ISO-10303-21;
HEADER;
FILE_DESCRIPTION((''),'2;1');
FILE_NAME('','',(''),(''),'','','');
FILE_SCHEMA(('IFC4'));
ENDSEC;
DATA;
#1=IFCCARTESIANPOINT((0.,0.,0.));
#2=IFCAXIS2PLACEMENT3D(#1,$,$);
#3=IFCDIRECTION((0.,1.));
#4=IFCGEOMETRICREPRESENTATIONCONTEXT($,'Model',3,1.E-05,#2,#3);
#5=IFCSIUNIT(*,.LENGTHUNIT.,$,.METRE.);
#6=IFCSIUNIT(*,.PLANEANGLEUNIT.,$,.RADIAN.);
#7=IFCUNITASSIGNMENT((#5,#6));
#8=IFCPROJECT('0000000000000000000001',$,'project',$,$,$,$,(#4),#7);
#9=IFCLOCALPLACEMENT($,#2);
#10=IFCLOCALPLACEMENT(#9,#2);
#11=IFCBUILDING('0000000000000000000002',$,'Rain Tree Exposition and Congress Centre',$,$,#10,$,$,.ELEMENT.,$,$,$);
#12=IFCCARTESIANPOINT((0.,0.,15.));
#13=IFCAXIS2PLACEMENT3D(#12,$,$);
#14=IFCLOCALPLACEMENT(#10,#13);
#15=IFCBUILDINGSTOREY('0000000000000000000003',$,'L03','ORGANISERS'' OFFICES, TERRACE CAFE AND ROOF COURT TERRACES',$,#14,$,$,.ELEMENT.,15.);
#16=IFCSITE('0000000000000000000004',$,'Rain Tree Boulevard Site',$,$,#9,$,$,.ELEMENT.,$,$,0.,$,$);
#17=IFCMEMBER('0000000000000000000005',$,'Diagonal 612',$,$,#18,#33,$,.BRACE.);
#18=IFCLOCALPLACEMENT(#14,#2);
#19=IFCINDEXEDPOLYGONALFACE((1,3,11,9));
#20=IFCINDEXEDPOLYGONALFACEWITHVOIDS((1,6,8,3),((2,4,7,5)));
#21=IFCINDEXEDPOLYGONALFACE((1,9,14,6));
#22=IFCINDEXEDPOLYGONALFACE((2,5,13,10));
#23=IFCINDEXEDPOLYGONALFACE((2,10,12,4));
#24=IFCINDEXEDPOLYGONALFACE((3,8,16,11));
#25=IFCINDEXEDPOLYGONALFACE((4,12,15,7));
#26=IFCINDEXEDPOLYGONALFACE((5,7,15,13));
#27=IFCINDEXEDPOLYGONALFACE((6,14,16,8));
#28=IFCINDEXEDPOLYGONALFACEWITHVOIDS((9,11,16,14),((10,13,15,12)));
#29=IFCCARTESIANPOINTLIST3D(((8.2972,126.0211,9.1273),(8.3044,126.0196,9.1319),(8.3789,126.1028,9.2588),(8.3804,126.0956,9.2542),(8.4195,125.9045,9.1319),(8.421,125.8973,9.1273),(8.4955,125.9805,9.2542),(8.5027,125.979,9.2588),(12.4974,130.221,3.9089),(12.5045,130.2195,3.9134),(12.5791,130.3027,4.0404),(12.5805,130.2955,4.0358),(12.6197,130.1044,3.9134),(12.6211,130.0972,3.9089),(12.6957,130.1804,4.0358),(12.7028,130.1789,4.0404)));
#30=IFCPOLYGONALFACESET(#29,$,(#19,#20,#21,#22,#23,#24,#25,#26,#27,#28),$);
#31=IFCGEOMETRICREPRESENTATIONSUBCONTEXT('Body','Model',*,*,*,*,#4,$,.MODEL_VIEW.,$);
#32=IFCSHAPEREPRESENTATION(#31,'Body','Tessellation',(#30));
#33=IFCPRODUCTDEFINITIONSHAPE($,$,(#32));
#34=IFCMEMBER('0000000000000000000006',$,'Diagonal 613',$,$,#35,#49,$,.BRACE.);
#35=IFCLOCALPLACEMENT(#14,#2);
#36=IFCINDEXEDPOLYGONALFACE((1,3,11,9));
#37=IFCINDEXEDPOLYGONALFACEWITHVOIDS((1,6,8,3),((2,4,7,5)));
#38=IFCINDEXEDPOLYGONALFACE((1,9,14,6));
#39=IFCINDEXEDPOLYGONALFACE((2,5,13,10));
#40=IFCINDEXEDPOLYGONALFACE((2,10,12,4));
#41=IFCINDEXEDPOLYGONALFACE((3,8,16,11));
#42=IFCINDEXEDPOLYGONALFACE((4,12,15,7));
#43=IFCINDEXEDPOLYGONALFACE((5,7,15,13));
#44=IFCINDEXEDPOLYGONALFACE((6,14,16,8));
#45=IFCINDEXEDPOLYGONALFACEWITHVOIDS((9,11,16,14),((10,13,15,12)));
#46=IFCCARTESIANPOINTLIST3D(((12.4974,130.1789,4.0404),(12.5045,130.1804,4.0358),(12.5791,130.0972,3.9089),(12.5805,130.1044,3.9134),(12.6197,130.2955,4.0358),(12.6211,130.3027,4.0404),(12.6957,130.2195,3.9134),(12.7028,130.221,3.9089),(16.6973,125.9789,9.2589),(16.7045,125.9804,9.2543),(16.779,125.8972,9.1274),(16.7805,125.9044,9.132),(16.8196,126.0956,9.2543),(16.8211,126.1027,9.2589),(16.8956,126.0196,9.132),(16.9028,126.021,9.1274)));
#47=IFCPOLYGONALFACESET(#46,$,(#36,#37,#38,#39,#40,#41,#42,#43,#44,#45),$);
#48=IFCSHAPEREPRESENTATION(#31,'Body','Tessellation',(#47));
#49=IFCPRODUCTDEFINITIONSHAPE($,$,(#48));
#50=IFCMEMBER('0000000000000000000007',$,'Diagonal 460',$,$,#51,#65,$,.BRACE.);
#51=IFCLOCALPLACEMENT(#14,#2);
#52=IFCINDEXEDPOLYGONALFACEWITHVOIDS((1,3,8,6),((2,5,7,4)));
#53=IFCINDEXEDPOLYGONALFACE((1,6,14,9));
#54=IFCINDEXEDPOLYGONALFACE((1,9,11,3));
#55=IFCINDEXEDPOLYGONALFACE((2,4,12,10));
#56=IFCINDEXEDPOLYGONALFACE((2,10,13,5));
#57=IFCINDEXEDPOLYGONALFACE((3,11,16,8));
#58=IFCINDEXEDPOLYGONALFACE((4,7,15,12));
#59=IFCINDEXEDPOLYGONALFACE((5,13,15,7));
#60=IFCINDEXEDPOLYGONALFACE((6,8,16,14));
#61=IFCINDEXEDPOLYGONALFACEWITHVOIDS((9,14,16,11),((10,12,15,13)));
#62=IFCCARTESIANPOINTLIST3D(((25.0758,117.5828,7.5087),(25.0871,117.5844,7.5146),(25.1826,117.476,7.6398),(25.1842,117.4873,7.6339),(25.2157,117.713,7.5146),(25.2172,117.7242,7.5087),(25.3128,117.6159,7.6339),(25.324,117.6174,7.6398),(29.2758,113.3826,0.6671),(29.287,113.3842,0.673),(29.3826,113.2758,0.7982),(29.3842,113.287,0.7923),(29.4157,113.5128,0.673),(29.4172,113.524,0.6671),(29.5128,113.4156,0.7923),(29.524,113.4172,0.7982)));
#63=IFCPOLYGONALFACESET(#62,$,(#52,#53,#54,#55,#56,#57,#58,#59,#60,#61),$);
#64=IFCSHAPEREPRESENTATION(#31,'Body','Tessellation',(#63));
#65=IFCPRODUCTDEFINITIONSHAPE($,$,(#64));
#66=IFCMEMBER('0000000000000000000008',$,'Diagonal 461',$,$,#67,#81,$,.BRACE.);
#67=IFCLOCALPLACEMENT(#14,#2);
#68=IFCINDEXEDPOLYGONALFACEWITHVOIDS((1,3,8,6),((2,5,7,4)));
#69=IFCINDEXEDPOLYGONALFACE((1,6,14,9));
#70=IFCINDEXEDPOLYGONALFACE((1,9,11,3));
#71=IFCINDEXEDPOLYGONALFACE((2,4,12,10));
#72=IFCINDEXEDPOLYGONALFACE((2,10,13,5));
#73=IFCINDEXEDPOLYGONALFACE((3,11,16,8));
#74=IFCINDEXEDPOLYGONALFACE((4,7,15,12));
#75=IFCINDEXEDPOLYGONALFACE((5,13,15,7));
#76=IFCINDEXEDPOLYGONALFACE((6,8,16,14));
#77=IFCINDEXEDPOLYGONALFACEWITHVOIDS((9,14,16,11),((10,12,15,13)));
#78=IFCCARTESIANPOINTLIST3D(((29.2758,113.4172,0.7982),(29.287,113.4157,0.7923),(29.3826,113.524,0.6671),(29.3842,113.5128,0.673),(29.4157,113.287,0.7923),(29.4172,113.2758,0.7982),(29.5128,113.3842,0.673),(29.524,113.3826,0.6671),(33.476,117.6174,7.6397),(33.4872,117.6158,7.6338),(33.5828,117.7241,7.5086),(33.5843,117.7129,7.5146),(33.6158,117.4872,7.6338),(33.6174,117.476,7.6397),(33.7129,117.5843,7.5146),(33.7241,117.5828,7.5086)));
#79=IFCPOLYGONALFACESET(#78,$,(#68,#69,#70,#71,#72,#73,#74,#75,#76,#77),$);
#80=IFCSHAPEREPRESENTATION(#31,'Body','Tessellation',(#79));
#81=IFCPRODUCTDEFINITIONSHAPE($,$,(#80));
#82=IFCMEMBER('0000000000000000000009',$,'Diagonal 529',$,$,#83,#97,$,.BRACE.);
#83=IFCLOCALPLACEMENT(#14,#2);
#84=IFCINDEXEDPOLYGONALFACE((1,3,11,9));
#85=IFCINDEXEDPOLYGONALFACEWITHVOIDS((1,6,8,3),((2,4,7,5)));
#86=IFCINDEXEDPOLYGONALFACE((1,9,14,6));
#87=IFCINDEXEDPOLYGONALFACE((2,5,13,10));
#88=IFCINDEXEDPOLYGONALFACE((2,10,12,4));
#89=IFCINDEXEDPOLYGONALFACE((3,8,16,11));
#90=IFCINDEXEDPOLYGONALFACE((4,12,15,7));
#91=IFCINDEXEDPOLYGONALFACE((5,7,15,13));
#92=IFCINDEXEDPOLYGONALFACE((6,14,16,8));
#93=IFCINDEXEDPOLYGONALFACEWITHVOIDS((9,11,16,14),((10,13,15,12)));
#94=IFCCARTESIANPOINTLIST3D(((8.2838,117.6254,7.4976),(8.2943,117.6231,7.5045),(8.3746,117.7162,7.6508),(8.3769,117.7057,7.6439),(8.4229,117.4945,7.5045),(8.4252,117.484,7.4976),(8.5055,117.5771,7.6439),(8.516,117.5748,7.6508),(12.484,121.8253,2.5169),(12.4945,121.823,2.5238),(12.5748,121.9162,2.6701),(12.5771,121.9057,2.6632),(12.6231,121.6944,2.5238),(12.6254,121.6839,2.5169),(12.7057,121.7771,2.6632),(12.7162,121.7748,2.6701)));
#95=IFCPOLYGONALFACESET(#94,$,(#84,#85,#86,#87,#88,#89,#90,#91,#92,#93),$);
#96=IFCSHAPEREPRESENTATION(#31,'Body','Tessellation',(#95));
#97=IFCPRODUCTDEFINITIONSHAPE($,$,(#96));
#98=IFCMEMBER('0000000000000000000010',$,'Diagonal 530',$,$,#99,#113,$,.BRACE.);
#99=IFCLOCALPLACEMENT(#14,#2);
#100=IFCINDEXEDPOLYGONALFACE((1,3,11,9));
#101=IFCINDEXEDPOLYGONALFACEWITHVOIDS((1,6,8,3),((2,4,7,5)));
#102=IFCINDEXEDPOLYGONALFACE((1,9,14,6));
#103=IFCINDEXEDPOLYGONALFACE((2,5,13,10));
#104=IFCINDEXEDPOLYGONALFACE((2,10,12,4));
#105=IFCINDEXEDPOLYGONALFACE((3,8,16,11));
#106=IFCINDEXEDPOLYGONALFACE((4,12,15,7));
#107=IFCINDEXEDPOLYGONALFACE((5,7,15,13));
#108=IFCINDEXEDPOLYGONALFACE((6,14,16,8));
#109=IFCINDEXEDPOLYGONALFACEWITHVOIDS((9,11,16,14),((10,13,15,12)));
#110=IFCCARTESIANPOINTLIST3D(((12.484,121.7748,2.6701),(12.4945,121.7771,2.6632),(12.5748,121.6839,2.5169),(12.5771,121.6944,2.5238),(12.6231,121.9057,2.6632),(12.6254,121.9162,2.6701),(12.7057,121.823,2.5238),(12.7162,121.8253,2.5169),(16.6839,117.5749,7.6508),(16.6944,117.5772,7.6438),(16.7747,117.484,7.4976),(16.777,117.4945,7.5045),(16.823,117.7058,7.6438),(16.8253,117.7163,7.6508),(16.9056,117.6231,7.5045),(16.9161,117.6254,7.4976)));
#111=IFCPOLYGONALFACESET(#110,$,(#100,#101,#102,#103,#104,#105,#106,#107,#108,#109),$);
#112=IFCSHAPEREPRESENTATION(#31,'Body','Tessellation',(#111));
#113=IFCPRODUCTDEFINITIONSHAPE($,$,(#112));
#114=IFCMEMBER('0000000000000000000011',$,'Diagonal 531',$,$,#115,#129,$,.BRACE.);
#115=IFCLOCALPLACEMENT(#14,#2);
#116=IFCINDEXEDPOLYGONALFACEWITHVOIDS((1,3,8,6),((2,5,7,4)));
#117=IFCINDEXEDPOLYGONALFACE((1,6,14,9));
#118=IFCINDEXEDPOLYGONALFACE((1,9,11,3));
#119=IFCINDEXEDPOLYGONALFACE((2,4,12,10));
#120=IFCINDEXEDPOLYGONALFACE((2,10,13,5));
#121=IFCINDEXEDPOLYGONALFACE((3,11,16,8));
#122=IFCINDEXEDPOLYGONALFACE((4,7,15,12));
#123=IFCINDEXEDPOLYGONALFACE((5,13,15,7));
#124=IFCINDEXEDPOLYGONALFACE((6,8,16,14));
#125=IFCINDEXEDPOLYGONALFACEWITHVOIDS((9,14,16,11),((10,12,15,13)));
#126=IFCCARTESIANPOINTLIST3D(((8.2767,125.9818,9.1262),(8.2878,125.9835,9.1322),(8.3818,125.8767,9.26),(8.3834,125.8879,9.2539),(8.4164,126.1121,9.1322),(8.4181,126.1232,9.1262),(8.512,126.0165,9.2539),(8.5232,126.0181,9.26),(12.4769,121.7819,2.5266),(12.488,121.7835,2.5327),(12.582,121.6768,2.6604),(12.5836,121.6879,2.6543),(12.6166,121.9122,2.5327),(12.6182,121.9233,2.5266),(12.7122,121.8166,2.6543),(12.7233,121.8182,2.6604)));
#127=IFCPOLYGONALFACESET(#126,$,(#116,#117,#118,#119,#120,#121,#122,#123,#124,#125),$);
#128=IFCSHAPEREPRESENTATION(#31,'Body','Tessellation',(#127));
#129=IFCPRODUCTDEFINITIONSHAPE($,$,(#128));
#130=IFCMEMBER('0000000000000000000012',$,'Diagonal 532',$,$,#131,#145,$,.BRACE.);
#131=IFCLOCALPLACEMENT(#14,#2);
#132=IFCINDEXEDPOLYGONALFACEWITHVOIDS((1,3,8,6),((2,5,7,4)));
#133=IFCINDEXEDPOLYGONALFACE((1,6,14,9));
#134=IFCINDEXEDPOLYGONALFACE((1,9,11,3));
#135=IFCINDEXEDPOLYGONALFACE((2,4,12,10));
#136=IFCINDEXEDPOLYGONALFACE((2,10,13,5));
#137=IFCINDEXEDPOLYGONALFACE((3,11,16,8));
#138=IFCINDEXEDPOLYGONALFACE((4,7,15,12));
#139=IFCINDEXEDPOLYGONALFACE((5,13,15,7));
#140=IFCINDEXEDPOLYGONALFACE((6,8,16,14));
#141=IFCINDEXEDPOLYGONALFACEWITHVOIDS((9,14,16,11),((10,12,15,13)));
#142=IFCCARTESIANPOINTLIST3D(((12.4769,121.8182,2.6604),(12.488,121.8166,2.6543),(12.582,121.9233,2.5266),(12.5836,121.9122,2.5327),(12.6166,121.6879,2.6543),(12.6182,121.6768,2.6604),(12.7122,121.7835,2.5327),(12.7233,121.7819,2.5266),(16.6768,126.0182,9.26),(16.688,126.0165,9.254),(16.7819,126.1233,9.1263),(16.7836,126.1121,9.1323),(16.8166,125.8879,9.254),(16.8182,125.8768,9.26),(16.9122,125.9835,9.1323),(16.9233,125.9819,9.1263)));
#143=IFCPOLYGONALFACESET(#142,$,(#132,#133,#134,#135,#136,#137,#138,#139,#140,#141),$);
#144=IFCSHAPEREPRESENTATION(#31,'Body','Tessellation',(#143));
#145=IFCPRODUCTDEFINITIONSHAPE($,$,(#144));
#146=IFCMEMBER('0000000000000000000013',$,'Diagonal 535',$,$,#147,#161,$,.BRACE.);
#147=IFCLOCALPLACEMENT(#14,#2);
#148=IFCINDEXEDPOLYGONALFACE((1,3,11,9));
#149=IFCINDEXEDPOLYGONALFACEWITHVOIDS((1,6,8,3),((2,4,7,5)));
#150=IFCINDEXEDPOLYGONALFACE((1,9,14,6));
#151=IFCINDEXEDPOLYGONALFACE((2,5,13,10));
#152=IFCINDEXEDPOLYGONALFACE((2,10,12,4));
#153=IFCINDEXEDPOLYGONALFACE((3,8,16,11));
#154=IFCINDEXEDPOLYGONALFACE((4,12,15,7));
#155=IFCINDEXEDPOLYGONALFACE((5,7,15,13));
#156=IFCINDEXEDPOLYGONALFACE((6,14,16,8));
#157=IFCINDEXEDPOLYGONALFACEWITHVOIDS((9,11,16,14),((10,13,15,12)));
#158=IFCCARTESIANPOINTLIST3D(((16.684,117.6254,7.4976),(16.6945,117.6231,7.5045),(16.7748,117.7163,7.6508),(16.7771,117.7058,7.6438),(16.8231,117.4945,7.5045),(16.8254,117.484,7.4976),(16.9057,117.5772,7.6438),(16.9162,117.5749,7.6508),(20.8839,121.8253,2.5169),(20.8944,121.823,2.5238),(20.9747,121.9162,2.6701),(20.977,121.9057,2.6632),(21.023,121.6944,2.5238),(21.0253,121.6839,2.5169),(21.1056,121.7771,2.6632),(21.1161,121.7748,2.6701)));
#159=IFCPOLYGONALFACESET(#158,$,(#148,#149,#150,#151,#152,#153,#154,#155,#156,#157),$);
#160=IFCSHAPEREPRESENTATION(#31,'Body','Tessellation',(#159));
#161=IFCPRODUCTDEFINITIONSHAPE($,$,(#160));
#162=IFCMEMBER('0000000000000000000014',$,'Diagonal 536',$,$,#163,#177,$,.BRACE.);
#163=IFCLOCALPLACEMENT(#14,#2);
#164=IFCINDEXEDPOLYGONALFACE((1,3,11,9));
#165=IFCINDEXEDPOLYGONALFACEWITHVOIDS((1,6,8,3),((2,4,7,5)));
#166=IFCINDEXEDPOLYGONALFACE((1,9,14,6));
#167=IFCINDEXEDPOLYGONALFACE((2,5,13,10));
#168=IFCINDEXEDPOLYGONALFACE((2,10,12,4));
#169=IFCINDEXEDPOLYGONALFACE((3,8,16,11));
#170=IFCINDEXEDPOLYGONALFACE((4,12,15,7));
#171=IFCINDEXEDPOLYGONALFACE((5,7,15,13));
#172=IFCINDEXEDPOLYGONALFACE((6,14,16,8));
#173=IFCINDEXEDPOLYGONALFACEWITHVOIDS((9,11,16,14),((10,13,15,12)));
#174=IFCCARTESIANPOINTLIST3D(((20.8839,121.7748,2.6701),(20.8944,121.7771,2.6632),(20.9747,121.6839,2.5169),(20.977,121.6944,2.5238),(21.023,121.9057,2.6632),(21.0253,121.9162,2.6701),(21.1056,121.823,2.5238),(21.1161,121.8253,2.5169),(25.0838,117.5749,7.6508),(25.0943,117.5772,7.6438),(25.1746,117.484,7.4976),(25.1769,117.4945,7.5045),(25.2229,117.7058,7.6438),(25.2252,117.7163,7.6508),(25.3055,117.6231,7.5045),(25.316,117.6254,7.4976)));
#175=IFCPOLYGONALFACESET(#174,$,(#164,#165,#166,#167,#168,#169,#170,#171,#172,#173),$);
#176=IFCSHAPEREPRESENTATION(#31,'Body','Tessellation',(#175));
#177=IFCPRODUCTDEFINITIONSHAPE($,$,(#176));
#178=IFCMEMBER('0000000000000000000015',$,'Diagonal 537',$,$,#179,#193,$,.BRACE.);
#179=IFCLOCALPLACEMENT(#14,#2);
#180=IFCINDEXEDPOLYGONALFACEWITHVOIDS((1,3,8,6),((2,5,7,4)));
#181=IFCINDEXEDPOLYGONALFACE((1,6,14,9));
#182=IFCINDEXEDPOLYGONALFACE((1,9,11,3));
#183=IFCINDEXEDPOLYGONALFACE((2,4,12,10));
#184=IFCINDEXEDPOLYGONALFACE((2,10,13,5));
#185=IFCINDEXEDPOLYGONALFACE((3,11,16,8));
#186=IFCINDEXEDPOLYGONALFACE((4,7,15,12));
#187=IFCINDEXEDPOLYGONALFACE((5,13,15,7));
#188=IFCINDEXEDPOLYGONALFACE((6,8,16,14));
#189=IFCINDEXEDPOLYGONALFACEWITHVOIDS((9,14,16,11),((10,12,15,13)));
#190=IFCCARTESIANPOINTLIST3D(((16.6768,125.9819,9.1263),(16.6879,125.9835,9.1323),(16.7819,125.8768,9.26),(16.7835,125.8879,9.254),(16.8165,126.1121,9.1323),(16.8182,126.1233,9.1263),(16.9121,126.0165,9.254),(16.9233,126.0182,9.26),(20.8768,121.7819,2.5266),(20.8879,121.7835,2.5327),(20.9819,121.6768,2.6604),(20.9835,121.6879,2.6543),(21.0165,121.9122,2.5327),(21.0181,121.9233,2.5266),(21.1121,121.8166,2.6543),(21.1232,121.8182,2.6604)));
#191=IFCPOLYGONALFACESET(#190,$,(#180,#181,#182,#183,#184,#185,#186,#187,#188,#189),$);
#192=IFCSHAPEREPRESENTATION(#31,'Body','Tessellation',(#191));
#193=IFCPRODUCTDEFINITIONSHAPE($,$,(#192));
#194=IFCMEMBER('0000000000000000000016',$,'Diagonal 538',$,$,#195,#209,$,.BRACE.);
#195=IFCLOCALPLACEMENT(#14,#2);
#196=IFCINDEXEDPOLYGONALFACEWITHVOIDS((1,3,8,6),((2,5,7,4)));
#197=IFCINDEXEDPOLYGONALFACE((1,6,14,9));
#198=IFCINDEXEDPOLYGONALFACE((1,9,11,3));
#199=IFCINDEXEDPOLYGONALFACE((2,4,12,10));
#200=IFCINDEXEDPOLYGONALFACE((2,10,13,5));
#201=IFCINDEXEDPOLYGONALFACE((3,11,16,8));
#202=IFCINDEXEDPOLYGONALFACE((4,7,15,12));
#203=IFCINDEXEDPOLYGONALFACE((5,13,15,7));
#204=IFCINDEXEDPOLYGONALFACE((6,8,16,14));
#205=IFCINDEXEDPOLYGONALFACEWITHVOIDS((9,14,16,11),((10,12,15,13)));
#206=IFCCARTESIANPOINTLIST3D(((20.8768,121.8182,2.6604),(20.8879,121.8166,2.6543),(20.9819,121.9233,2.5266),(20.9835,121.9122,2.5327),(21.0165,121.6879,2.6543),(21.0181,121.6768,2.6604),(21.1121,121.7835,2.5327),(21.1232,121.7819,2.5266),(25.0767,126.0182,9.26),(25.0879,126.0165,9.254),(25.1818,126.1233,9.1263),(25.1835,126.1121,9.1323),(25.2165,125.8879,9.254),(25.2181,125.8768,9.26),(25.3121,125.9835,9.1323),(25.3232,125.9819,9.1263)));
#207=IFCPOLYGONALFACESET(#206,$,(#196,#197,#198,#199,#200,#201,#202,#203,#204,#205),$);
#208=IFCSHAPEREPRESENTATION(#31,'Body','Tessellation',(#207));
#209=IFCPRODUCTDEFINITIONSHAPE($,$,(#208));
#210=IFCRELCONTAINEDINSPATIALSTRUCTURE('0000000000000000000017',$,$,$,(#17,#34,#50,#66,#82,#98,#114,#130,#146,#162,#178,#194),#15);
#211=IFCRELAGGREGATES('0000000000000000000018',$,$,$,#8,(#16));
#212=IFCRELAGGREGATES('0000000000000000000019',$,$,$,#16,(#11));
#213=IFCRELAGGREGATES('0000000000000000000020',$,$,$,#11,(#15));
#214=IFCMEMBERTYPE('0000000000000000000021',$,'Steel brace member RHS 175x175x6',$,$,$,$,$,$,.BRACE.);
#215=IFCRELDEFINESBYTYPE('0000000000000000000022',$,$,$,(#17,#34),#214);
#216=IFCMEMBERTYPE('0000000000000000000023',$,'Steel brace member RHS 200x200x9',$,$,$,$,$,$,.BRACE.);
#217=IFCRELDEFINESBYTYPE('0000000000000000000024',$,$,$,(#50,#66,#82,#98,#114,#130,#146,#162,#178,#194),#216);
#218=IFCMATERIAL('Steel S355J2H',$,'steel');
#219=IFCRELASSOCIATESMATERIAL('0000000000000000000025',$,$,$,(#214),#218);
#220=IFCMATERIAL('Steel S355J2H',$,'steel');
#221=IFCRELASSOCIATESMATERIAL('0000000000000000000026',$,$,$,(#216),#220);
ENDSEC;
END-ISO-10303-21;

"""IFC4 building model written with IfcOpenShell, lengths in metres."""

from ifc_helpers import new_model, si_unit, direction, frame, origin, origin_2d, place, context, subcontext, project, spatial, hollow_rectangle, extrude, material, material_profile, profile_set, type_object, element, save


model = new_model("IFC4")

# Units and contexts
model_context = context("Model", 3, precision=1e-05, world=origin(), true_north=direction((0.0, 1.0)))
body_context = subcontext(model_context, "Body", "Model", "MODEL_VIEW")
ifc_project = project(units=[si_unit("LENGTHUNIT", "METRE"), si_unit("PLANEANGLEUNIT", "RADIAN")], contexts=[model_context])

# Site, building, storey
site_placement = place(None, origin())
site = spatial("IfcSite", under=ifc_project, at=site_placement, Name="Rain Tree Boulevard Site", CompositionType="ELEMENT", RefElevation=0.0)
building_placement = place(site_placement, origin())
building = spatial("IfcBuilding", under=site, at=building_placement, Name="Rain Tree Exposition and Congress Centre", CompositionType="ELEMENT")
storey_placement = place(building_placement, frame((0.0, 0.0, 15.0)))
storey = spatial("IfcBuildingStorey", under=building, at=storey_placement, Name="L03", Description="ORGANISERS' OFFICES, TERRACE CAFE AND ROOF COURT TERRACES", CompositionType="ELEMENT", Elevation=15.0)

# Members
ifc_material_1 = material(Name="Steel S355J2H", Category="steel")
ifc_material_profile_1 = material_profile(ifc_material_1, hollow_rectangle(XDim=0.175, YDim=0.175, WallThickness=0.0061, at=origin_2d()), Name="RHS 175x175x6")
ifc_profile_set_1 = profile_set([ifc_material_profile_1], Name="Steel S355J2H")
member_type_1 = type_object("IfcMemberType", Name="Steel brace member RHS 175x175x6", PredefinedType="BRACE", material=ifc_profile_set_1)
for number, where, z_axis, x_axis, name in (
    (1, (12.6001, 130.2, 3.9746), (-0.531228, -0.531197, 0.66002), (0.707086, -0.707127, 0.0), "Diagonal 612"),
    (2, (12.6001, 130.2, 3.9746), (0.531206, -0.531206, 0.660031), (0.707107, 0.707107, 0.0), "Diagonal 613"),
):
    element("IfcMember", number, at=place(storey_placement, frame(where, z_axis=z_axis, x_axis=x_axis)), inside=storey, type_object=member_type_1, Name=name, PredefinedType="BRACE", context=body_context, shape_type="SweptSolid", body=[
        extrude(hollow_rectangle(XDim=0.175, YDim=0.175, WallThickness=0.0061, at=origin_2d()), origin(), (0.0, 0.0, 1.0), 7.9065),
    ])
ifc_material_2 = material(Name="Steel S355J2H", Category="steel")
ifc_material_profile_2 = material_profile(ifc_material_2, hollow_rectangle(XDim=0.2, YDim=0.2, WallThickness=0.009, at=origin_2d()), Name="RHS 200x200x9")
ifc_profile_set_2 = profile_set([ifc_material_profile_2], Name="Steel S355J2H")
member_type_2 = type_object("IfcMemberType", Name="Steel brace member RHS 200x200x9", PredefinedType="BRACE", material=ifc_profile_set_2)
for number, where, z_axis, x_axis, name in (
    (3, (29.3999, 113.3999, 0.7327), (-0.463558, 0.463585, 0.755118), (-0.707127, -0.707086, 0.0), "Diagonal 460"),
    (4, (29.3999, 113.3999, 0.7327), (0.463579, 0.463579, 0.755108), (-0.707107, 0.707107, 0.0), "Diagonal 461"),
):
    element("IfcMember", number, at=place(storey_placement, frame(where, z_axis=z_axis, x_axis=x_axis)), inside=storey, type_object=member_type_2, Name=name, PredefinedType="BRACE", context=body_context, shape_type="SweptSolid", body=[
        extrude(hollow_rectangle(XDim=0.2, YDim=0.2, WallThickness=0.009, at=origin_2d()), origin(), (0.0, 0.0, 1.0), 9.0603),
    ])
member_1_placement = place(storey_placement, frame((12.6001, 121.8, 2.5935), z_axis=(-0.541842, -0.541811, 0.642532), x_axis=(0.707086, -0.707127, 0.0)))
element("IfcMember", 5, at=member_1_placement, inside=storey, type_object=member_type_2, Name="Diagonal 529", PredefinedType="BRACE", context=body_context, shape_type="SweptSolid", body=[
    extrude(hollow_rectangle(XDim=0.2, YDim=0.2, WallThickness=0.009, at=origin_2d()), origin(), (0.0, 0.0, 1.0), 7.7517),
])
member_2_placement = place(storey_placement, frame((12.6001, 121.8, 2.5935), z_axis=(0.54182, -0.54182, 0.642543), x_axis=(0.707107, 0.707107, 0.0)))
element("IfcMember", 6, at=member_2_placement, inside=storey, type_object=member_type_2, Name="Diagonal 530", PredefinedType="BRACE", context=body_context, shape_type="SweptSolid", body=[
    extrude(hollow_rectangle(XDim=0.2, YDim=0.2, WallThickness=0.009, at=origin_2d()), origin(), (0.0, 0.0, 1.0), 7.7515),
])
for number, where, z_axis, x_axis, name in (
    (7, (12.6001, 121.8, 2.5935), (-0.47305, 0.473022, 0.743286), (-0.707086, -0.707127, 0.0), "Diagonal 531"),
    (8, (12.6001, 121.8, 2.5935), (0.473029, 0.473029, 0.743295), (-0.707107, 0.707107, 0.0), "Diagonal 532"),
):
    element("IfcMember", number, at=place(storey_placement, frame(where, z_axis=z_axis, x_axis=x_axis)), inside=storey, type_object=member_type_2, Name=name, PredefinedType="BRACE", context=body_context, shape_type="SweptSolid", body=[
        extrude(hollow_rectangle(XDim=0.2, YDim=0.2, WallThickness=0.009, at=origin_2d()), origin(), (0.0, 0.0, 1.0), 8.8789),
    ])
for number, where, z_axis, x_axis, name in (
    (9, (21.0, 121.8, 2.5935), (-0.54182, -0.54182, 0.642543), (0.707107, -0.707107, 0.0), "Diagonal 535"),
    (10, (21.0, 121.8, 2.5935), (0.54182, -0.54182, 0.642543), (0.707107, 0.707107, 0.0), "Diagonal 536"),
):
    element("IfcMember", number, at=place(storey_placement, frame(where, z_axis=z_axis, x_axis=x_axis)), inside=storey, type_object=member_type_2, Name=name, PredefinedType="BRACE", context=body_context, shape_type="SweptSolid", body=[
        extrude(hollow_rectangle(XDim=0.2, YDim=0.2, WallThickness=0.009, at=origin_2d()), origin(), (0.0, 0.0, 1.0), 7.7515),
    ])
for number, where, z_axis, x_axis, name in (
    (11, (21.0, 121.8, 2.5935), (-0.473029, 0.473029, 0.743295), (-0.707107, -0.707107, 0.0), "Diagonal 537"),
    (12, (21.0, 121.8, 2.5935), (0.473029, 0.473029, 0.743295), (-0.707107, 0.707107, 0.0), "Diagonal 538"),
):
    element("IfcMember", number, at=place(storey_placement, frame(where, z_axis=z_axis, x_axis=x_axis)), inside=storey, type_object=member_type_2, Name=name, PredefinedType="BRACE", context=body_context, shape_type="SweptSolid", body=[
        extrude(hollow_rectangle(XDim=0.2, YDim=0.2, WallThickness=0.009, at=origin_2d()), origin(), (0.0, 0.0, 1.0), 8.8789),
    ])

save(model, "model.ifc")
